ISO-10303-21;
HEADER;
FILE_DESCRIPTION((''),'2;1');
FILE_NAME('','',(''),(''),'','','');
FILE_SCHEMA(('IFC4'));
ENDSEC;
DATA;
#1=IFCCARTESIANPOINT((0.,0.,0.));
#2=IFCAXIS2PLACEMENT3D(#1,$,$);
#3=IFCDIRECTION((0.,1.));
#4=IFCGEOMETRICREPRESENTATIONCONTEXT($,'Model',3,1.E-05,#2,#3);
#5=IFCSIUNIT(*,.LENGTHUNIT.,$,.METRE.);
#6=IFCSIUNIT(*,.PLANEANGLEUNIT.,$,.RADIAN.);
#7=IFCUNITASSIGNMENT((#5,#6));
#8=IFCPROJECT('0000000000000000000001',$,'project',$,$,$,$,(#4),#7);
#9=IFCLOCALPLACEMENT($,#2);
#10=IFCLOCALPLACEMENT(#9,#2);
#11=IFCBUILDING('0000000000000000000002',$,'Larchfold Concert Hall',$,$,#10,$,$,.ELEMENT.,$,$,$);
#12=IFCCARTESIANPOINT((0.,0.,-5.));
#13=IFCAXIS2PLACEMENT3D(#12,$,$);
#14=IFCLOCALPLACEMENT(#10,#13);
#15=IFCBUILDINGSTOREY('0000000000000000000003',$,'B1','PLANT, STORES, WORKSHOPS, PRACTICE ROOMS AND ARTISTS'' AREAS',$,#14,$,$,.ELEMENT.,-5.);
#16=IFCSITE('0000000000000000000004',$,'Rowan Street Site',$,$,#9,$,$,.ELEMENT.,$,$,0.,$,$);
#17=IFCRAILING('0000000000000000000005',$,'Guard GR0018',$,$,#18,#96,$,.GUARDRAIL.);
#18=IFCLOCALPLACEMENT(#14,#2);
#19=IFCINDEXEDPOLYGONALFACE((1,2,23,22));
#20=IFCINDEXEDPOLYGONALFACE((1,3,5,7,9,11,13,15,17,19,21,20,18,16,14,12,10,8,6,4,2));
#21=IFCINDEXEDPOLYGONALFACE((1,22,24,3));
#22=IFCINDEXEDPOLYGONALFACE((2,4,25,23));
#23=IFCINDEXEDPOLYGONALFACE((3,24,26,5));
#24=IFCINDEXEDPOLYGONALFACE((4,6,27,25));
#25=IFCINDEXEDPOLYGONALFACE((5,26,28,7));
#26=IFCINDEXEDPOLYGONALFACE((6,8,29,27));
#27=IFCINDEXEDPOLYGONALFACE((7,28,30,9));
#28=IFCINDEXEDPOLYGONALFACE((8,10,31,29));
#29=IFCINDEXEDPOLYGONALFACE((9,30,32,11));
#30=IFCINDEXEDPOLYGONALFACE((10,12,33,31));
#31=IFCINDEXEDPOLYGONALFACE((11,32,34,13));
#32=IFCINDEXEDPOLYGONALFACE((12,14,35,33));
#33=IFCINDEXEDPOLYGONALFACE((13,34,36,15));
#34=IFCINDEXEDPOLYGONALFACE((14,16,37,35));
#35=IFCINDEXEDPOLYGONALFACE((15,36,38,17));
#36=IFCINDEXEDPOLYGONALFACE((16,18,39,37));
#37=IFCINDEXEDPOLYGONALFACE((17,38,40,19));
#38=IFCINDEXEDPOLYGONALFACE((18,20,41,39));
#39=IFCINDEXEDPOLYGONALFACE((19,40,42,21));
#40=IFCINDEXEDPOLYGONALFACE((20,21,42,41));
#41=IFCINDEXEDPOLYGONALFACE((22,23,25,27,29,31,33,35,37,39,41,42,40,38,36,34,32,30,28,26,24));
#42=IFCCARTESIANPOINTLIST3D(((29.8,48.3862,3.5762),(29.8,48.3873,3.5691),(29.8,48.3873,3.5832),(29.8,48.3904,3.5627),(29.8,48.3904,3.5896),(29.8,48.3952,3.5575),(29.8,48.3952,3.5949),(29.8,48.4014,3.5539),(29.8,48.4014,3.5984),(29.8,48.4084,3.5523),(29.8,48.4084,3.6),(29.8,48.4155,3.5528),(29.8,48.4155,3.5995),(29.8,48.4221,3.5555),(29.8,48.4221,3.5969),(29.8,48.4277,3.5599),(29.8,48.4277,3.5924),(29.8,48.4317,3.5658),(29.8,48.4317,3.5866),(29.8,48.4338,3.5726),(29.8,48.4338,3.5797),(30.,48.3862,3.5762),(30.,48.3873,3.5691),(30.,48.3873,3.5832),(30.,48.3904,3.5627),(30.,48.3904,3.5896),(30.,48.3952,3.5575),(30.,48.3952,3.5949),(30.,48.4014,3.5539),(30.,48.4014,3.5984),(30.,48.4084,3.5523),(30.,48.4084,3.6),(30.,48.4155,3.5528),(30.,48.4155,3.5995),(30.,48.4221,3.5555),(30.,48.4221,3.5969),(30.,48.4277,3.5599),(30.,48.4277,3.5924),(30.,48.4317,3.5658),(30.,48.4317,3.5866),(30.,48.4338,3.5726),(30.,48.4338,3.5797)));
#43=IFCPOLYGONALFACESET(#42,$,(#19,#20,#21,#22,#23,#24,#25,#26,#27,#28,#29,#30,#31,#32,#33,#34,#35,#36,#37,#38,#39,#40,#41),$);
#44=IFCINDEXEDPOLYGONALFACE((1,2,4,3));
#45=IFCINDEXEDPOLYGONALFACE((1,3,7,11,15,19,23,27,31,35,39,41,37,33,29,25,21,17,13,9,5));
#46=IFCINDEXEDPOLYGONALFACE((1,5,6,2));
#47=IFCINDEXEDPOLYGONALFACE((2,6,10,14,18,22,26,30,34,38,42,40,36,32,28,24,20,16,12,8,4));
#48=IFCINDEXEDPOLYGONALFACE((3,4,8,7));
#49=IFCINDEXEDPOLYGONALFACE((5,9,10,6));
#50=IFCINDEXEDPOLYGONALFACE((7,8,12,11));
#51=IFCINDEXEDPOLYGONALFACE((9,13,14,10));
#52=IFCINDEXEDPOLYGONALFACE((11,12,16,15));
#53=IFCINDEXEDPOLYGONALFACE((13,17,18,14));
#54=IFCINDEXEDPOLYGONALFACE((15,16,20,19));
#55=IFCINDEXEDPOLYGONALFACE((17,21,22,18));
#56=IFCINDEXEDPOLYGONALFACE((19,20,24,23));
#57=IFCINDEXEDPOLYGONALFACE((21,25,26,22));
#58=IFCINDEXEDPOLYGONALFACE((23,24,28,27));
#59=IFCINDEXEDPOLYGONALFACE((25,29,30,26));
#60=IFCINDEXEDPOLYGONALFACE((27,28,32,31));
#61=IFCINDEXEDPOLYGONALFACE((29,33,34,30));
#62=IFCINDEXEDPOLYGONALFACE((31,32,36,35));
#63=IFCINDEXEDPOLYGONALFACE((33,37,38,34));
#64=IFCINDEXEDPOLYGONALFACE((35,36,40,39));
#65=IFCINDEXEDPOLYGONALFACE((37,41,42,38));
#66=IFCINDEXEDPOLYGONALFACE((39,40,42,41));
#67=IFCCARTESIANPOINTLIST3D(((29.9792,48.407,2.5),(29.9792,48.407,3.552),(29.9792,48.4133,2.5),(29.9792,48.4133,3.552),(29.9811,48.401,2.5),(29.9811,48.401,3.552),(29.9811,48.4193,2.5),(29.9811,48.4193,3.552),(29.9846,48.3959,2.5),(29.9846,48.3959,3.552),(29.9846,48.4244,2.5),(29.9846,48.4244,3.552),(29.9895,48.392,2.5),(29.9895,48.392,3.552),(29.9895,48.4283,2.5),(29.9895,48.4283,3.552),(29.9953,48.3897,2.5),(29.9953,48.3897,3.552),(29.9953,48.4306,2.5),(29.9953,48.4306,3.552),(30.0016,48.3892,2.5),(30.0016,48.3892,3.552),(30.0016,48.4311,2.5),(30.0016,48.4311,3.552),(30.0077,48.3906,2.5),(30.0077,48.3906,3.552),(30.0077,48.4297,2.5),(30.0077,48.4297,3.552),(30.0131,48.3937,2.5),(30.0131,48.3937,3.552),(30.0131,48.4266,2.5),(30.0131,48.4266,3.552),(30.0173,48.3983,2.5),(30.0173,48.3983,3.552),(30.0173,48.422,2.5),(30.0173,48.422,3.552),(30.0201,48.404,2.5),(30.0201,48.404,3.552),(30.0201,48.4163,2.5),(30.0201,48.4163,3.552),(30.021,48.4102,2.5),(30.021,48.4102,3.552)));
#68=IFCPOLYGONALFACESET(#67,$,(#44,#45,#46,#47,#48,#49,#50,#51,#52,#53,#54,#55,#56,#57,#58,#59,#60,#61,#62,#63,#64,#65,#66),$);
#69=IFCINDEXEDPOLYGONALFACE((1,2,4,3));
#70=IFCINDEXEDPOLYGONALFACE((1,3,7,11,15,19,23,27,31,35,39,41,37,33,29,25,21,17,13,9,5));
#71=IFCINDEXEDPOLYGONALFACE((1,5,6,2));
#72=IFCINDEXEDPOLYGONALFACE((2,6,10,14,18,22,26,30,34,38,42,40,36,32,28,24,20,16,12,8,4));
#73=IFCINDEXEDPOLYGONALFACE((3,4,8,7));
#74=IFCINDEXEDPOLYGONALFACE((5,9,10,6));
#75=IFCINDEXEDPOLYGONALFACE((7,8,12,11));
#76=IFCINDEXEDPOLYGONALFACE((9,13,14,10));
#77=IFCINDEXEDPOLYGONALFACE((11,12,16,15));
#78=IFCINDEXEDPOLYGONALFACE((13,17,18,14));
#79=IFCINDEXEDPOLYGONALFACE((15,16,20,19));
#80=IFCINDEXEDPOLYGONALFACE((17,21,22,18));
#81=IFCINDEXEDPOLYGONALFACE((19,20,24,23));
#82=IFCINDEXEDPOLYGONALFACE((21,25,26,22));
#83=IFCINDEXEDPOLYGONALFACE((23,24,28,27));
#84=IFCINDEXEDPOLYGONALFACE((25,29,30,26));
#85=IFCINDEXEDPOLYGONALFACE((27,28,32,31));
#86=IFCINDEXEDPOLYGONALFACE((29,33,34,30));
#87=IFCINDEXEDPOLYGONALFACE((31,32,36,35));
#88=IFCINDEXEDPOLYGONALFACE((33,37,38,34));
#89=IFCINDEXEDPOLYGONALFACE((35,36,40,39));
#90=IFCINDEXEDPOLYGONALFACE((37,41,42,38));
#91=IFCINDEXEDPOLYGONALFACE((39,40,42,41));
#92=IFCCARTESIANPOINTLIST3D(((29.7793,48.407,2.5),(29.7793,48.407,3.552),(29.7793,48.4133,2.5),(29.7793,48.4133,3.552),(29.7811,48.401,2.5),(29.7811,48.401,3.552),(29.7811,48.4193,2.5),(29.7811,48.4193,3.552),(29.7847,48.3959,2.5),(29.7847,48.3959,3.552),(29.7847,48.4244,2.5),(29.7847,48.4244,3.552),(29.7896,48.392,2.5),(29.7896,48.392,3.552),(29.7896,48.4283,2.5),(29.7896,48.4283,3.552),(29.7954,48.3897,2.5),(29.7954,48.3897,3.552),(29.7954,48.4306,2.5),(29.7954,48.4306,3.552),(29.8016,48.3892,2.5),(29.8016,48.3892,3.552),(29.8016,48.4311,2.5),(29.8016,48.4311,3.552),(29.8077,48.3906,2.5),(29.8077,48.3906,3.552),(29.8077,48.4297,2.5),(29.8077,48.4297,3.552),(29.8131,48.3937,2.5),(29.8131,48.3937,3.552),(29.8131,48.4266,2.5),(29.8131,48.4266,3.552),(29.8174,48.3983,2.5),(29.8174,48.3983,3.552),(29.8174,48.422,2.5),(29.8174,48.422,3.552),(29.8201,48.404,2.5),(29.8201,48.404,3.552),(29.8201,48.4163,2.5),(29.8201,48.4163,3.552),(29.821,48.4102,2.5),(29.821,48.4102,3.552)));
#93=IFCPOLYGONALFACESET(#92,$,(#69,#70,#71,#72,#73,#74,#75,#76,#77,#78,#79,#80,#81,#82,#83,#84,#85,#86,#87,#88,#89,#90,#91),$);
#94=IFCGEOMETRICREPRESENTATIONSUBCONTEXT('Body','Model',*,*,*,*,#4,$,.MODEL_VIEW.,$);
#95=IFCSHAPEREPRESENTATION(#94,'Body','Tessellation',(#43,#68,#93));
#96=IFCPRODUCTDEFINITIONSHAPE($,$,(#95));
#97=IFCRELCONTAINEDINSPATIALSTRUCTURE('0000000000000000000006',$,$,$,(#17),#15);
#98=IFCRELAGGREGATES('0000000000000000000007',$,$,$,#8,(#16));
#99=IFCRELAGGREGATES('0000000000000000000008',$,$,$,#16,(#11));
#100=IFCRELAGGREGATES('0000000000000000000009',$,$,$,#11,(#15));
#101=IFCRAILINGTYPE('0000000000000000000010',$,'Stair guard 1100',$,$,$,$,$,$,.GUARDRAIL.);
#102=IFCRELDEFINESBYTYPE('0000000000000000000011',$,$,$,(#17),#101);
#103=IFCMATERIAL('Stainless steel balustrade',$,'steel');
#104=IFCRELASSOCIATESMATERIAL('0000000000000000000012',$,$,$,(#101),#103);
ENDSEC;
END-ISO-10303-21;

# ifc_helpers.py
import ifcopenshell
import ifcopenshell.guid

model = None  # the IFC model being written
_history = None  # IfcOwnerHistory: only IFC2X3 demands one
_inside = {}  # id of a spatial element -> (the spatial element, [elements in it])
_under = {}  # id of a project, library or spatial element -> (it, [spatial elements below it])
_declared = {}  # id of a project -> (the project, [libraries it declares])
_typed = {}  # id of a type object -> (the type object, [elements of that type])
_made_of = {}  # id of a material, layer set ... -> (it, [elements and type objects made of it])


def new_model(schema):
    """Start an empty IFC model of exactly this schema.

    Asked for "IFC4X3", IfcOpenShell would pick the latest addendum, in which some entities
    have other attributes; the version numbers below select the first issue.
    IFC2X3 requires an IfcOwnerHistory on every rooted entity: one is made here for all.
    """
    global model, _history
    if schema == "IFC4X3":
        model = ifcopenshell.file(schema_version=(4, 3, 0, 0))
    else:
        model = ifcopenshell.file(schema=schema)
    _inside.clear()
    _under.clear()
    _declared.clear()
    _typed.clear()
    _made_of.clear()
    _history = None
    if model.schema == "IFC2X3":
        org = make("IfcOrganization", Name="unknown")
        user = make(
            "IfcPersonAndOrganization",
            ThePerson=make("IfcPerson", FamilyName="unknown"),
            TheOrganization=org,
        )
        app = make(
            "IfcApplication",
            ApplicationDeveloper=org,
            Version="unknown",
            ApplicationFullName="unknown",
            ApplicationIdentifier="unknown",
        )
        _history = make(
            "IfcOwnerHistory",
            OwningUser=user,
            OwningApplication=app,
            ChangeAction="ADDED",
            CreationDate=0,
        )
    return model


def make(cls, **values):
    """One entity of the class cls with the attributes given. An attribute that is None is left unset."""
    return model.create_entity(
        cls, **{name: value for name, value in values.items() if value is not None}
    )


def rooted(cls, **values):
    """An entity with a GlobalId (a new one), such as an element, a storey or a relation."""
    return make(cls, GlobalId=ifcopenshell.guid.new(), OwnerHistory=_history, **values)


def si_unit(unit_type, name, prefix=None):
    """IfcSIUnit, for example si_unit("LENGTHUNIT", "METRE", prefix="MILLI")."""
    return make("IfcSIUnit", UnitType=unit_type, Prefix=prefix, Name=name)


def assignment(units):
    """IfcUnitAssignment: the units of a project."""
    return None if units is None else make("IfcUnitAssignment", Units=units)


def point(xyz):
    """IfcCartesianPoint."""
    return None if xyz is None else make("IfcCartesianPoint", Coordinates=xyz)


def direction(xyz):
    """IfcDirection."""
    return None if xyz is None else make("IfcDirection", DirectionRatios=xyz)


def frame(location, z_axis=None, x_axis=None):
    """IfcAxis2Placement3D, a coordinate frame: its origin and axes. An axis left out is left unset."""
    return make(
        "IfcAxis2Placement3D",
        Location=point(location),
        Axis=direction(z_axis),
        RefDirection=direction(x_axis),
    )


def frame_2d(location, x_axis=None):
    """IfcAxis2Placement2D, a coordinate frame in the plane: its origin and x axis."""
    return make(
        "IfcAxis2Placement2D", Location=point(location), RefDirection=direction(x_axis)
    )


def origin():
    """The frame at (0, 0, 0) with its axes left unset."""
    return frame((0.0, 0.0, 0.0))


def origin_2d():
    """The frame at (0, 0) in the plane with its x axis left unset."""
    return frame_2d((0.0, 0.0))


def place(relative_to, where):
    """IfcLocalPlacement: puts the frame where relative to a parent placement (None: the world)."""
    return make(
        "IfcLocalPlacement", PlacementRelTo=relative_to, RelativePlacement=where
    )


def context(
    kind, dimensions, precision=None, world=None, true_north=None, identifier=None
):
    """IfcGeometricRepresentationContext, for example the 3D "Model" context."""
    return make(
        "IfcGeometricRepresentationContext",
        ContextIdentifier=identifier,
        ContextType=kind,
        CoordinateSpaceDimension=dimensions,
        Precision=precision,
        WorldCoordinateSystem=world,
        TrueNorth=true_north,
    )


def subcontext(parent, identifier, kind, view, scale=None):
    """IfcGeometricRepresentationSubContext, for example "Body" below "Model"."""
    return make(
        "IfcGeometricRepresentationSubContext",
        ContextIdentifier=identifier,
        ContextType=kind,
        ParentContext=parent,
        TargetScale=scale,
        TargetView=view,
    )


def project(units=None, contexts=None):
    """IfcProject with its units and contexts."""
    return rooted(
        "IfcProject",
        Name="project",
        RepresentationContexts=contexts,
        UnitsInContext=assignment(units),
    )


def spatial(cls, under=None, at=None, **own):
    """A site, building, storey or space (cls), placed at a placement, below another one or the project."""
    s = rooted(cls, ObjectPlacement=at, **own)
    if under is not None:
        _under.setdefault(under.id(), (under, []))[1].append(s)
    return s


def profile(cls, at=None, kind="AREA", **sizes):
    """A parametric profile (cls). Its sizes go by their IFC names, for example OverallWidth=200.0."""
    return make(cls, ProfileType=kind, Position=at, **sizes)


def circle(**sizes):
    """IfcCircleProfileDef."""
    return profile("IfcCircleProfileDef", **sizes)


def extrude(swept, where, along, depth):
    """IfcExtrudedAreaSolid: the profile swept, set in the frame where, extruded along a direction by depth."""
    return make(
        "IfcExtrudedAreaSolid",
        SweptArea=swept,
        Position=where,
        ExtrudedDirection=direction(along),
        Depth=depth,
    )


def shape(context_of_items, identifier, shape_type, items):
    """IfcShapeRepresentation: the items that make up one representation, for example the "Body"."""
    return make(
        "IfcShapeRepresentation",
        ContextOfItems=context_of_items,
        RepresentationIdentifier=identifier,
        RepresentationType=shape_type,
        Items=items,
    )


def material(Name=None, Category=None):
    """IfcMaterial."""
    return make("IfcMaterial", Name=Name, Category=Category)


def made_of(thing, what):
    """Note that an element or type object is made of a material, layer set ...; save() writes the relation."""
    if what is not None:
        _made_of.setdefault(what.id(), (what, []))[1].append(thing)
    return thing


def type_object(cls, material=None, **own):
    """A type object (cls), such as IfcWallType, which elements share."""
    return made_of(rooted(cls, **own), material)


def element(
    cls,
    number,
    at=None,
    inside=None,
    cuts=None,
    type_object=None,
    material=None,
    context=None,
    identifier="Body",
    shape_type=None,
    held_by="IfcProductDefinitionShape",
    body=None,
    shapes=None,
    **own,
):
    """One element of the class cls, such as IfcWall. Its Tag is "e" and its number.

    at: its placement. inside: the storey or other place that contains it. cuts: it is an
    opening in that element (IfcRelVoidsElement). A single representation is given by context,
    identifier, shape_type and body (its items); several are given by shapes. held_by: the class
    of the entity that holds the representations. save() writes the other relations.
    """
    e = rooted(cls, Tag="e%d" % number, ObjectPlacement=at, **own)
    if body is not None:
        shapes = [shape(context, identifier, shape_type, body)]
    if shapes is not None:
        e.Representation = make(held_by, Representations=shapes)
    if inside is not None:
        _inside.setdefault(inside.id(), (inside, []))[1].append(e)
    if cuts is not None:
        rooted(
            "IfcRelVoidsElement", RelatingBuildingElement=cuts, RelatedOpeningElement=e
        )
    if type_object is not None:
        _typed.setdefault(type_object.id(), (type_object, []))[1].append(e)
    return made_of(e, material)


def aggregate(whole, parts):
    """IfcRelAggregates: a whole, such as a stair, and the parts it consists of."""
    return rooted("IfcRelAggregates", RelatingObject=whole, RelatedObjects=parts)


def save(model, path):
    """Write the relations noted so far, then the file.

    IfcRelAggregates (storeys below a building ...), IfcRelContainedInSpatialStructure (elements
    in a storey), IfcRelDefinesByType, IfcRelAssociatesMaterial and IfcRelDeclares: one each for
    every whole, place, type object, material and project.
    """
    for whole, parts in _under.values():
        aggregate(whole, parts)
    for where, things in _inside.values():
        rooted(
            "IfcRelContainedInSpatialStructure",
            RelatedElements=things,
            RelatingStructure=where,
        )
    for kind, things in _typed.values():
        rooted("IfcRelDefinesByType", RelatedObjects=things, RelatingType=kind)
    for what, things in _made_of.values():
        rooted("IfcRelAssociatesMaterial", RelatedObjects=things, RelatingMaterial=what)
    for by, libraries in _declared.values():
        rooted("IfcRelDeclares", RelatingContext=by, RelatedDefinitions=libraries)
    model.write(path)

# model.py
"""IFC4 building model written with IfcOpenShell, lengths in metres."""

from ifc_helpers import new_model, si_unit, direction, frame, origin, origin_2d, place, context, subcontext, project, spatial, circle, extrude, material, type_object, element, save


model = new_model("IFC4")

# Units and contexts
model_context = context("Model", 3, precision=1e-05, world=origin(), true_north=direction((0.0, 1.0)))
body_context = subcontext(model_context, "Body", "Model", "MODEL_VIEW")
ifc_project = project(units=[si_unit("LENGTHUNIT", "METRE"), si_unit("PLANEANGLEUNIT", "RADIAN")], contexts=[model_context])

# Site, building, storey
site_placement = place(None, origin())
site = spatial("IfcSite", under=ifc_project, at=site_placement, Name="Rowan Street Site", CompositionType="ELEMENT", RefElevation=0.0)
building_placement = place(site_placement, origin())
building = spatial("IfcBuilding", under=site, at=building_placement, Name="Larchfold Concert Hall", CompositionType="ELEMENT")
storey_placement = place(building_placement, frame((0.0, 0.0, -5.0)))
storey = spatial("IfcBuildingStorey", under=building, at=storey_placement, Name="B1", Description="PLANT, STORES, WORKSHOPS, PRACTICE ROOMS AND ARTISTS' AREAS", CompositionType="ELEMENT", Elevation=-5.0)

# Railing
ifc_material_1 = material(Name="Stainless steel balustrade", Category="steel")
railing_type_1 = type_object("IfcRailingType", Name="Stair guard 1100", PredefinedType="GUARDRAIL", material=ifc_material_1)
railing_1_placement = place(storey_placement, frame((30.0, 48.4102, 2.5)))
element("IfcRailing", 1, at=railing_1_placement, inside=storey, type_object=railing_type_1, Name="Guard GR0018", PredefinedType="GUARDRAIL", context=body_context, shape_type="SweptSolid", body=[
    extrude(circle(Radius=0.0239, at=origin_2d()), frame((0.0, 0.0, 1.0762), z_axis=(-1.0, 0.0, 0.0), x_axis=(0.0, -1.0, 0.0)), (0.0, 0.0, 1.0), 0.2),
    extrude(circle(Radius=0.021, at=origin_2d()), origin(), (0.0, 0.0, 1.0), 1.052),
    extrude(circle(Radius=0.021, at=origin_2d()), frame((-0.2, 0.0, 0.0)), (0.0, 0.0, 1.0), 1.052),
])

save(model, "model.ifc")
